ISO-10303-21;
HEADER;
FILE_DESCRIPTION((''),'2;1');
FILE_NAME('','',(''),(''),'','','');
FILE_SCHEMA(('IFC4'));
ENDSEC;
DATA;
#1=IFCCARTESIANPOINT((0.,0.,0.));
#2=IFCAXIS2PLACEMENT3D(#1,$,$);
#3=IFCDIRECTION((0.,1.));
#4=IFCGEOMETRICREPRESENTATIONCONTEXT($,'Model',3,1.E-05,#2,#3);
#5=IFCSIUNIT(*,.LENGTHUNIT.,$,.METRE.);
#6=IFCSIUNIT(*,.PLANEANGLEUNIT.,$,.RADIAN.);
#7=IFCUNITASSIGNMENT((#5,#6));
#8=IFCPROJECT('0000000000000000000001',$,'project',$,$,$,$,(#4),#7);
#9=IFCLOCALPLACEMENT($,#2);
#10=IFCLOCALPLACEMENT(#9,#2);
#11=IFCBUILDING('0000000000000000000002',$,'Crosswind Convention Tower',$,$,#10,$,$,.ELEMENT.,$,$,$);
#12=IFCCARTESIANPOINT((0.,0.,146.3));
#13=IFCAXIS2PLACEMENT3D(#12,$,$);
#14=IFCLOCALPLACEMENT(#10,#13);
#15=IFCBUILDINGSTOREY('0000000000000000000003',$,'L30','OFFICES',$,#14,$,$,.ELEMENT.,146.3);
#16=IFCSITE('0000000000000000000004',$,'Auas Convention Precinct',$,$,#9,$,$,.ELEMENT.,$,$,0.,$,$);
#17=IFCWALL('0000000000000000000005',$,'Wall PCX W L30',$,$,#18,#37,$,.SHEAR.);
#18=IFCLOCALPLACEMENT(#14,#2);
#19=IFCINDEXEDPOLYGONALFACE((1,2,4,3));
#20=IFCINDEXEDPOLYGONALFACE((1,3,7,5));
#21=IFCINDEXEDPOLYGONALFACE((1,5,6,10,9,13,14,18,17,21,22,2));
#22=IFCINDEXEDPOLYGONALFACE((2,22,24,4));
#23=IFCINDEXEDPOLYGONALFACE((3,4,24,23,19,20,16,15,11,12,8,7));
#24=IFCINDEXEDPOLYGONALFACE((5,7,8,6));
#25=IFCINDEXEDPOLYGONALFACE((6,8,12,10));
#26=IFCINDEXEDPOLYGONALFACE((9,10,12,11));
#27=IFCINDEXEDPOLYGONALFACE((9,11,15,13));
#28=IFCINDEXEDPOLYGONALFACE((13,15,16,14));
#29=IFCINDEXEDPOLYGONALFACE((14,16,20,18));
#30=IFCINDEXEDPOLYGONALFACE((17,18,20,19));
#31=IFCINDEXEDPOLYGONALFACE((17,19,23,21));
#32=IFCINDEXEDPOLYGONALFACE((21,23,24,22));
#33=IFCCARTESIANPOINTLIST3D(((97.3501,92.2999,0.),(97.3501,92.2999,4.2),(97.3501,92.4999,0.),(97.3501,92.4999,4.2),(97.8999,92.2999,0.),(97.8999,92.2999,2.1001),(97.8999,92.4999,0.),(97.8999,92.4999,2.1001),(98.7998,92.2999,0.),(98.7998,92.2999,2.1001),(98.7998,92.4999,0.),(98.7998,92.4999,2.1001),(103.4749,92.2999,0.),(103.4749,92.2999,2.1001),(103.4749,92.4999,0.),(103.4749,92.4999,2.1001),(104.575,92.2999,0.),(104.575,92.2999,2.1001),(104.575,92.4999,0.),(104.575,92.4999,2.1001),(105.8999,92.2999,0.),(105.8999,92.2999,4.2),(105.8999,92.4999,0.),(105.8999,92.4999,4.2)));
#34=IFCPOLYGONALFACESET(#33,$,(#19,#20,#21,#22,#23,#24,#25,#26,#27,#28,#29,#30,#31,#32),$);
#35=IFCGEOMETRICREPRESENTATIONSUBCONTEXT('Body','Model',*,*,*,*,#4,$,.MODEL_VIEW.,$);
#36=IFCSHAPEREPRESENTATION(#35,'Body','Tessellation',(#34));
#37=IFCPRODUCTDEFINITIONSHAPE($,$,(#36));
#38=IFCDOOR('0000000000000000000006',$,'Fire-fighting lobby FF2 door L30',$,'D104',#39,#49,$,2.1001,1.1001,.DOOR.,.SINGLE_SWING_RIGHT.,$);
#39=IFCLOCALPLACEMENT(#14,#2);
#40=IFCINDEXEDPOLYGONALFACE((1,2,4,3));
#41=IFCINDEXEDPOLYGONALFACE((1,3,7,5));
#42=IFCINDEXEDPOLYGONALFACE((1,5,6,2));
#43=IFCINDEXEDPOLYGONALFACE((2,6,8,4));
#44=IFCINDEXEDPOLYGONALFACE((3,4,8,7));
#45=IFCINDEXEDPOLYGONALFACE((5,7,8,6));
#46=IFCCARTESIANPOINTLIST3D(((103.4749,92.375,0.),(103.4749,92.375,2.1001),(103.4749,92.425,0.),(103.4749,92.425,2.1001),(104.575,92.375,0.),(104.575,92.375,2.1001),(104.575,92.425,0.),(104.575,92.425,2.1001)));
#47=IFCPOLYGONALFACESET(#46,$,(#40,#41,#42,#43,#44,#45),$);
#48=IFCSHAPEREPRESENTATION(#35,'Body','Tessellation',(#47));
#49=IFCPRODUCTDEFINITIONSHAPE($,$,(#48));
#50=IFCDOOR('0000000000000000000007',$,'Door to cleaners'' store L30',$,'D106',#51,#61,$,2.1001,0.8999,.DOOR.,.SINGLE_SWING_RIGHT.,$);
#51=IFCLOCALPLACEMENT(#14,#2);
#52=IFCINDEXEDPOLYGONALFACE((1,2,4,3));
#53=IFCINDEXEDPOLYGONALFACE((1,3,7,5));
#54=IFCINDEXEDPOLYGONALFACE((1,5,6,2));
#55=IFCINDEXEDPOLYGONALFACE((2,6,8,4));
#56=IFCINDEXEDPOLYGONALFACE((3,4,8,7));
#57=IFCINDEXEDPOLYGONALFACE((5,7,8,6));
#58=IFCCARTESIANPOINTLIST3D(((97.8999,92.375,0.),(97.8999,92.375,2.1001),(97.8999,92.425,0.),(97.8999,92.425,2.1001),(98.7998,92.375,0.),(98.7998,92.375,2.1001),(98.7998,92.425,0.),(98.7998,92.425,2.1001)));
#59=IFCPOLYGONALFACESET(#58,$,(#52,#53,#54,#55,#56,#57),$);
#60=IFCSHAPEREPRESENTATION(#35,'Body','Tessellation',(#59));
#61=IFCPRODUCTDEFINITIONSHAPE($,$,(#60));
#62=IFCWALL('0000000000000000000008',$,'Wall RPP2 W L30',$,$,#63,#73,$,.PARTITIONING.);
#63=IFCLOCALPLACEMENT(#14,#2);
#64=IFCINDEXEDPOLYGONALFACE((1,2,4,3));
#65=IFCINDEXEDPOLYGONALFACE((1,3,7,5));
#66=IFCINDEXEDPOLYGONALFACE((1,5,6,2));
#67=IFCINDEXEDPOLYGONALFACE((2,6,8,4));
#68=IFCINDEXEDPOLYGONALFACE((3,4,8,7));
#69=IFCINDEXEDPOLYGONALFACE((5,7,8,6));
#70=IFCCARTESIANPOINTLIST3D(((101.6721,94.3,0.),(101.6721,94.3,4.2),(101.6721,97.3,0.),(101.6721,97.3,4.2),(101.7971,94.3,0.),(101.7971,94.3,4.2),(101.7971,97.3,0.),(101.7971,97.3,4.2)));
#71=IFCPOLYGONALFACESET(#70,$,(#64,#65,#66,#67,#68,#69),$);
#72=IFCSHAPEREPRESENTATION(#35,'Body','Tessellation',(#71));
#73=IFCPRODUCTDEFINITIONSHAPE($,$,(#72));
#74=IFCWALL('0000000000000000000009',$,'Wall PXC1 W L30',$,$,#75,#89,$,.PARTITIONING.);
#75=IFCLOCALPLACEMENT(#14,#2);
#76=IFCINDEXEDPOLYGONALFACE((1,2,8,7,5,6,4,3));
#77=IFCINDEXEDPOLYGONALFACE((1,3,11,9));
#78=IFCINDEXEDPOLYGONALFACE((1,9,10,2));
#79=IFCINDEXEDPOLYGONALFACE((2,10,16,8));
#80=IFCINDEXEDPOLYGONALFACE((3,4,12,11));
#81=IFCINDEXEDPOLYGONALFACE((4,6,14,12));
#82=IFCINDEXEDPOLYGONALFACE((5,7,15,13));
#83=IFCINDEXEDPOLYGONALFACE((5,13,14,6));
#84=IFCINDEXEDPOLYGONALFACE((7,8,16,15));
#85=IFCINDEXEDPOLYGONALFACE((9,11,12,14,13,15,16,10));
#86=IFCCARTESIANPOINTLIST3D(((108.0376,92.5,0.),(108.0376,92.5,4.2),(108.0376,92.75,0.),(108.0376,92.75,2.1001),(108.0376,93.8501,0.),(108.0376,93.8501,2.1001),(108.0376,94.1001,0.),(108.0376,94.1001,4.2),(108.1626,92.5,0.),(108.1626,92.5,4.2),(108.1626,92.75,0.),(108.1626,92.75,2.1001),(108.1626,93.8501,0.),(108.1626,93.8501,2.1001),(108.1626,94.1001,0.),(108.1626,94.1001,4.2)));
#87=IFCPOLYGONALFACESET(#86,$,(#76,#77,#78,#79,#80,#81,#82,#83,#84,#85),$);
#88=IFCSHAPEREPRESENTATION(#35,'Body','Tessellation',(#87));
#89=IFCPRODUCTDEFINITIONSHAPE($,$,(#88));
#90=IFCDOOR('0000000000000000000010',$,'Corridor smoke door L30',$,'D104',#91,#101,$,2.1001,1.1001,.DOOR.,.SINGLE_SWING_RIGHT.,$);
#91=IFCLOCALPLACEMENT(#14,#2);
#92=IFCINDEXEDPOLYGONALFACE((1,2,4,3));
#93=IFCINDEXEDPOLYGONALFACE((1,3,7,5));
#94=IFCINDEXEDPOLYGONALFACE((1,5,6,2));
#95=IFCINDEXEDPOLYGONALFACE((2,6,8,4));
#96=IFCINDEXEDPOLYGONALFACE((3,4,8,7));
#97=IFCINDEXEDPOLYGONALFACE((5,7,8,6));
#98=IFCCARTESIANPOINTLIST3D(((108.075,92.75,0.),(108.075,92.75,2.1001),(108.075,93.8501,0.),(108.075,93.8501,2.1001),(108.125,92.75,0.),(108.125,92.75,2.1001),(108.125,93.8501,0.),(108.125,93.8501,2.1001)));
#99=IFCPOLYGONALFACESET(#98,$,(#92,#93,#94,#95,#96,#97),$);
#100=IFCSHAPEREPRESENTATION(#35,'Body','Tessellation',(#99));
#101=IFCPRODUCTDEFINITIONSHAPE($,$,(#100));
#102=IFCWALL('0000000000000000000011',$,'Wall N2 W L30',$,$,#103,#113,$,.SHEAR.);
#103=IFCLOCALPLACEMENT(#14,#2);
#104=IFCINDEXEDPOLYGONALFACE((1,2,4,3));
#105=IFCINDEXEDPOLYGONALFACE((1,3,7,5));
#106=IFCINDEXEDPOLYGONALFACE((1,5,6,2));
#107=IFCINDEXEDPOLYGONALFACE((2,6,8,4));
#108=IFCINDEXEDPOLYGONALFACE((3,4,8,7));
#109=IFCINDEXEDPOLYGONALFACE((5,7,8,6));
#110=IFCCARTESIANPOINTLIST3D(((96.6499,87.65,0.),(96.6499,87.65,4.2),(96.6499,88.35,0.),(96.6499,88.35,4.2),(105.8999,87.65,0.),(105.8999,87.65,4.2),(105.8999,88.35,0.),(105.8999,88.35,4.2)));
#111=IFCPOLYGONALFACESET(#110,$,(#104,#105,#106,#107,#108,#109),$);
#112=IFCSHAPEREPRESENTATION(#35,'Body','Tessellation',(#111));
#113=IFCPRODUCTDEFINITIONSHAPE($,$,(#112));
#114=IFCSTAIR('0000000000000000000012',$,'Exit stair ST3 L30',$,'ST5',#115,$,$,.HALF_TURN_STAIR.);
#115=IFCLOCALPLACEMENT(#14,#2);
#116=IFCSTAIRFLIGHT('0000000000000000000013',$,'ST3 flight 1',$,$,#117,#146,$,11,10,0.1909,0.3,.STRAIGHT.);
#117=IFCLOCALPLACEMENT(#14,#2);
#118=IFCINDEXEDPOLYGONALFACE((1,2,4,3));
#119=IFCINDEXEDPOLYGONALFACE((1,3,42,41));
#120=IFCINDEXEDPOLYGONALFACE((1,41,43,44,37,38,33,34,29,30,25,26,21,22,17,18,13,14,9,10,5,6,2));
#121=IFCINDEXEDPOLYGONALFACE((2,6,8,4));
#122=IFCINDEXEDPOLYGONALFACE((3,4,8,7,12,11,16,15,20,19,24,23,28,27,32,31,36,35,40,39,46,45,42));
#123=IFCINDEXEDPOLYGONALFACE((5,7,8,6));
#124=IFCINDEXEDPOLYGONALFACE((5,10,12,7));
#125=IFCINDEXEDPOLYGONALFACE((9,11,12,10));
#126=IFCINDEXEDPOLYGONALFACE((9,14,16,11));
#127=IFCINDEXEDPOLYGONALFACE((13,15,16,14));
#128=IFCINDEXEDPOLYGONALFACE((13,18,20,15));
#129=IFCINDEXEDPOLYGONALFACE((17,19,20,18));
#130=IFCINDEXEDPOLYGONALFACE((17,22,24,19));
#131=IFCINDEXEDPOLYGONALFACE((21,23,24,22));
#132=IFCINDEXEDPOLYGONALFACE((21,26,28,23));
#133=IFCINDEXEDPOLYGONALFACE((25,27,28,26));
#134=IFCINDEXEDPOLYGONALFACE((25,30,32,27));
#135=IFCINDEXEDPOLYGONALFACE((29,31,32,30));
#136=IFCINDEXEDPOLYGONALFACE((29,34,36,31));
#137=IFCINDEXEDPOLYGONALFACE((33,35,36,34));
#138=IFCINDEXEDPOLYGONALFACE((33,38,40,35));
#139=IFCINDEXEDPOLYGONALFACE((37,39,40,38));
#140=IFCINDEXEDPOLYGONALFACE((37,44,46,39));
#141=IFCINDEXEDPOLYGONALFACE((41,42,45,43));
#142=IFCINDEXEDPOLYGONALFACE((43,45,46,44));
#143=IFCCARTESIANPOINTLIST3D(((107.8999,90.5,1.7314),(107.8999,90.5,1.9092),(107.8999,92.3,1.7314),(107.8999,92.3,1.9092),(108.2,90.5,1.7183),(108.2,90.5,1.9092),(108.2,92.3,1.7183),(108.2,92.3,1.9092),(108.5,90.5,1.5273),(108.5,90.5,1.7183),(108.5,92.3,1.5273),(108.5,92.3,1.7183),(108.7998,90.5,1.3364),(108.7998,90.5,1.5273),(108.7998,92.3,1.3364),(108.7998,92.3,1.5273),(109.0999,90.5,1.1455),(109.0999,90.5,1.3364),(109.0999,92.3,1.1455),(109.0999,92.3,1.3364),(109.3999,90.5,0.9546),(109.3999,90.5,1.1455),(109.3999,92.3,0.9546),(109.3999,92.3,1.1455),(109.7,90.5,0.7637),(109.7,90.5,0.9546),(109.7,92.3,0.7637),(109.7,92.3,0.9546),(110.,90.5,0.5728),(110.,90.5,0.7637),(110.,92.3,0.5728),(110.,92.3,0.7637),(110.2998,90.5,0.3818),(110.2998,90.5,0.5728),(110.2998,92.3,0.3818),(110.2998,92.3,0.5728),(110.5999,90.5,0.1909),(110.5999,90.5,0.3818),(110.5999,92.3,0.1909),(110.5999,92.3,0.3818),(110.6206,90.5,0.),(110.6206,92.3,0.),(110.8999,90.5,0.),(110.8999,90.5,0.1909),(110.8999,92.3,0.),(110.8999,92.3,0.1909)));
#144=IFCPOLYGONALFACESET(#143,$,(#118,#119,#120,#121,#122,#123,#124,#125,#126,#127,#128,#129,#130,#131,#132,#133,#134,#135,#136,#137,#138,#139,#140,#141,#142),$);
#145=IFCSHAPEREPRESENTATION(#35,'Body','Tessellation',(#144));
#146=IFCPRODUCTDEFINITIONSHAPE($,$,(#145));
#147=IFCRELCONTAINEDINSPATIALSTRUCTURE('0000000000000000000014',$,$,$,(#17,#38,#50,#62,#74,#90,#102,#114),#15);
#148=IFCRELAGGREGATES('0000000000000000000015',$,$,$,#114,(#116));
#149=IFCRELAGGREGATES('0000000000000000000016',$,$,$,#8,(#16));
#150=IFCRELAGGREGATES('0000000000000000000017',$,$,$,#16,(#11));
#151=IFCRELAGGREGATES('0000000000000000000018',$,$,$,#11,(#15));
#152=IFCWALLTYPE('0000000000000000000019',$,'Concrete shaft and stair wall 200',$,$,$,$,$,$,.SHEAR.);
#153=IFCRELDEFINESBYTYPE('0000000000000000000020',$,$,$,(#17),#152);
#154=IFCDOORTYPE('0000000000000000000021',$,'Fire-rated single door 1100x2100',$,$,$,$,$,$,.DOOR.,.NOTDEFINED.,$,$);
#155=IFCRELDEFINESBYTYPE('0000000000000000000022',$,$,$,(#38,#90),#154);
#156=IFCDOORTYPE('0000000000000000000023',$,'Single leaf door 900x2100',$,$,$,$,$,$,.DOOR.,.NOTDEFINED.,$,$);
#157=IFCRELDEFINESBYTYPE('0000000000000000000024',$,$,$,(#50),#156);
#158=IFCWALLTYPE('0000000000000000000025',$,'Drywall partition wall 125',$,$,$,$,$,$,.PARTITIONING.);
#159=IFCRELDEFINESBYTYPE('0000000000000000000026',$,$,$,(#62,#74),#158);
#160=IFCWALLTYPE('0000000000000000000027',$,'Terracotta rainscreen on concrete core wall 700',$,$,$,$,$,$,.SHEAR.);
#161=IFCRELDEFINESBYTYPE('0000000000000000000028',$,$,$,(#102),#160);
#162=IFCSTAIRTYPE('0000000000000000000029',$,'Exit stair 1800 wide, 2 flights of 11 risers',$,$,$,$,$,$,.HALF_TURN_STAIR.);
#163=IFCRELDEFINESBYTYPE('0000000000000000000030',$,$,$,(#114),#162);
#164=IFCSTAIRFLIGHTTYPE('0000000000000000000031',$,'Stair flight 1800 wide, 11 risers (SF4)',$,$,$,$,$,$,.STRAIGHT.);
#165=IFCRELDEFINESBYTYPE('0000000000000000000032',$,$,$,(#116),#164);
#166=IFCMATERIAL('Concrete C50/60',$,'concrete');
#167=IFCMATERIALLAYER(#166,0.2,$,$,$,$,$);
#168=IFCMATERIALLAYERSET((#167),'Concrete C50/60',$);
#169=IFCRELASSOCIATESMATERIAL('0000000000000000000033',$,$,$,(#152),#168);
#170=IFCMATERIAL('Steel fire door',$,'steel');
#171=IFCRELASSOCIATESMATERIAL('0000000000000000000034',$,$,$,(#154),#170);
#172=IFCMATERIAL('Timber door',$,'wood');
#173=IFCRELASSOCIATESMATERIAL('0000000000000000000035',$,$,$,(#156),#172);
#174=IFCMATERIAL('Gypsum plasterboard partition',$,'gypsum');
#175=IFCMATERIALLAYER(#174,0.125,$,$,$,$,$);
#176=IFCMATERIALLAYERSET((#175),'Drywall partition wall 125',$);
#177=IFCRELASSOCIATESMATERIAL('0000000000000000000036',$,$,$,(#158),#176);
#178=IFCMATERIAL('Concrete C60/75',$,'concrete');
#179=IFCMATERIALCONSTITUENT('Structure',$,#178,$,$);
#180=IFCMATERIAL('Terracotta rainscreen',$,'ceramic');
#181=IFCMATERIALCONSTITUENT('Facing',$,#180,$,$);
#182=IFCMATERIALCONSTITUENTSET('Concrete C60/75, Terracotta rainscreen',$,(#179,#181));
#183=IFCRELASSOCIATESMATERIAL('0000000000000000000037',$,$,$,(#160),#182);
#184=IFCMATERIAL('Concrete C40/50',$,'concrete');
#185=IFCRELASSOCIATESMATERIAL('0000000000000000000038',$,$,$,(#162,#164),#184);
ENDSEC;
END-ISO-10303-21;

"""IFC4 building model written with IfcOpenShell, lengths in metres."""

from ifc_helpers import new_model, si_unit, direction, frame, frame_2d, origin, place, context, subcontext, project, spatial, polyline, rectangle, outline, extrude, material, layer, layer_set, constituent, constituent_set, type_object, element, fill, aggregate, save


model = new_model("IFC4")

# Units and contexts
model_context = context("Model", 3, precision=1e-05, world=origin(), true_north=direction((0.0, 1.0)))
body_context = subcontext(model_context, "Body", "Model", "MODEL_VIEW")
ifc_project = project(units=[si_unit("LENGTHUNIT", "METRE"), si_unit("PLANEANGLEUNIT", "RADIAN")], contexts=[model_context])

# Site, building, storey
site_placement = place(None, origin())
site = spatial("IfcSite", under=ifc_project, at=site_placement, Name="Auas Convention Precinct", CompositionType="ELEMENT", RefElevation=0.0)
building_placement = place(site_placement, origin())
building = spatial("IfcBuilding", under=site, at=building_placement, Name="Crosswind Convention Tower", CompositionType="ELEMENT")
storey_placement = place(building_placement, frame((0.0, 0.0, 146.3)))
storey = spatial("IfcBuildingStorey", under=building, at=storey_placement, Name="L30", Description="OFFICES", CompositionType="ELEMENT", Elevation=146.3)

# Shared definitions
ifc_material_1 = material(Name="Concrete C50/60", Category="concrete")
ifc_layer_1 = layer(ifc_material_1, 0.2)
ifc_layer_set_1 = layer_set([ifc_layer_1], Name="Concrete C50/60")
wall_type_1 = type_object("IfcWallType", Name="Concrete shaft and stair wall 200", PredefinedType="SHEAR", material=ifc_layer_set_1)

# Wall, openings, doors
wall_1_placement = place(storey_placement, frame((105.8999, 92.3999, 0.0), z_axis=(0.0, 0.0, 1.0), x_axis=(-1.0, 0.0, 0.0)))
wall_1 = element("IfcWall", 1, at=wall_1_placement, inside=storey, type_object=wall_type_1, Name="Wall PCX W L30", PredefinedType="SHEAR", context=body_context, shape_type="SweptSolid", body=[
    extrude(rectangle(XDim=8.5498, YDim=0.2, at=frame_2d((4.2749, 0.0))), origin(), (0.0, 0.0, 1.0), 4.2),
])
opening_1_placement = place(wall_1_placement, frame((1.325, 0.0, 0.0)))
opening_1 = element("IfcOpeningElement", 2, at=opening_1_placement, cuts=wall_1, PredefinedType="OPENING", context=body_context, shape_type="SweptSolid", body=[
    extrude(rectangle(XDim=1.1001, YDim=2.1001, at=frame_2d((0.55, 1.05))), frame((0.0, 0.1099, 0.0), z_axis=(0.0, -1.0, 0.0), x_axis=(1.0, 0.0, 0.0)), (0.0, 0.0, 1.0), 0.22),
])
opening_2_placement = place(wall_1_placement, frame((7.1001, 0.0, 0.0)))
opening_2 = element("IfcOpeningElement", 3, at=opening_2_placement, cuts=wall_1, PredefinedType="OPENING", context=body_context, shape_type="SweptSolid", body=[
    extrude(rectangle(XDim=0.8999, YDim=2.1001, at=frame_2d((0.45, 1.05))), frame((0.0, 0.1099, 0.0), z_axis=(0.0, -1.0, 0.0), x_axis=(1.0, 0.0, 0.0)), (0.0, 0.0, 1.0), 0.22),
])
ifc_material_2 = material(Name="Steel fire door", Category="steel")
door_type_1 = type_object("IfcDoorType", Name="Fire-rated single door 1100x2100", OperationType="NOTDEFINED", PredefinedType="DOOR", material=ifc_material_2)
door_1_placement = place(opening_1_placement, origin())
door_1 = element("IfcDoor", 4, at=door_1_placement, inside=storey, type_object=door_type_1, Name="Fire-fighting lobby FF2 door L30", ObjectType="D104", OperationType="SINGLE_SWING_RIGHT", OverallHeight=2.1001, OverallWidth=1.1001, PredefinedType="DOOR", context=body_context, shape_type="SweptSolid", body=[
    extrude(rectangle(XDim=1.1001, YDim=2.1001, at=frame_2d((0.55, 1.05))), frame((0.0, 0.0249, 0.0), z_axis=(0.0, -1.0, 0.0), x_axis=(1.0, 0.0, 0.0)), (0.0, 0.0, 1.0), 0.05),
])
fill(opening_1, door_1)
ifc_material_3 = material(Name="Timber door", Category="wood")
door_type_2 = type_object("IfcDoorType", Name="Single leaf door 900x2100", OperationType="NOTDEFINED", PredefinedType="DOOR", material=ifc_material_3)
door_2_placement = place(opening_2_placement, origin())
door_2 = element("IfcDoor", 5, at=door_2_placement, inside=storey, type_object=door_type_2, Name="Door to cleaners' store L30", ObjectType="D106", OperationType="SINGLE_SWING_RIGHT", OverallHeight=2.1001, OverallWidth=0.8999, PredefinedType="DOOR", context=body_context, shape_type="SweptSolid", body=[
    extrude(rectangle(XDim=0.8999, YDim=2.1001, at=frame_2d((0.45, 1.05))), frame((0.0, 0.0249, 0.0), z_axis=(0.0, -1.0, 0.0), x_axis=(1.0, 0.0, 0.0)), (0.0, 0.0, 1.0), 0.05),
])
fill(opening_2, door_2)

# Wall
ifc_material_4 = material(Name="Gypsum plasterboard partition", Category="gypsum")
ifc_layer_2 = layer(ifc_material_4, 0.125)
ifc_layer_set_2 = layer_set([ifc_layer_2], Name="Drywall partition wall 125")
wall_type_2 = type_object("IfcWallType", Name="Drywall partition wall 125", PredefinedType="PARTITIONING", material=ifc_layer_set_2)
wall_2_placement = place(storey_placement, frame((101.7346, 97.3, 0.0), z_axis=(0.0, 0.0, 1.0), x_axis=(0.0, -1.0, 0.0)))
element("IfcWall", 6, at=wall_2_placement, inside=storey, type_object=wall_type_2, Name="Wall RPP2 W L30", PredefinedType="PARTITIONING", context=body_context, shape_type="SweptSolid", body=[
    extrude(rectangle(XDim=3.0, YDim=0.125, at=frame_2d((1.5, 0.0))), origin(), (0.0, 0.0, 1.0), 4.2),
])

# Wall, opening, door
wall_3_placement = place(storey_placement, frame((108.1001, 94.1001, 0.0), z_axis=(0.0, 0.0, 1.0), x_axis=(0.0, -1.0, 0.0)))
wall_3 = element("IfcWall", 7, at=wall_3_placement, inside=storey, type_object=wall_type_2, Name="Wall PXC1 W L30", PredefinedType="PARTITIONING", context=body_context, shape_type="SweptSolid", body=[
    extrude(rectangle(XDim=1.6001, YDim=0.125, at=frame_2d((0.8, 0.0))), origin(), (0.0, 0.0, 1.0), 4.2),
])
opening_3_placement = place(wall_3_placement, frame((0.25, 0.0, 0.0)))
opening_3 = element("IfcOpeningElement", 8, at=opening_3_placement, cuts=wall_3, PredefinedType="OPENING", context=body_context, shape_type="SweptSolid", body=[
    extrude(rectangle(XDim=1.1001, YDim=2.1001, at=frame_2d((0.55, 1.05))), frame((0.0, 0.0725, 0.0), z_axis=(0.0, -1.0, 0.0), x_axis=(1.0, 0.0, 0.0)), (0.0, 0.0, 1.0), 0.145),
])
door_3_placement = place(opening_3_placement, origin())
door_3 = element("IfcDoor", 9, at=door_3_placement, inside=storey, type_object=door_type_1, Name="Corridor smoke door L30", ObjectType="D104", OperationType="SINGLE_SWING_RIGHT", OverallHeight=2.1001, OverallWidth=1.1001, PredefinedType="DOOR", context=body_context, shape_type="SweptSolid", body=[
    extrude(rectangle(XDim=1.1001, YDim=2.1001, at=frame_2d((0.55, 1.05))), frame((0.0, 0.0249, 0.0), z_axis=(0.0, -1.0, 0.0), x_axis=(1.0, 0.0, 0.0)), (0.0, 0.0, 1.0), 0.05),
])
fill(opening_3, door_3)

# Wall
ifc_material_5 = material(Name="Concrete C60/75", Category="concrete")
ifc_constituent_1 = constituent(ifc_material_5, Name="Structure")
ifc_material_6 = material(Name="Terracotta rainscreen", Category="ceramic")
ifc_constituent_2 = constituent(ifc_material_6, Name="Facing")
ifc_constituent_set = constituent_set(constituents=[ifc_constituent_1, ifc_constituent_2], Name="Concrete C60/75, Terracotta rainscreen")
wall_type_3 = type_object("IfcWallType", Name="Terracotta rainscreen on concrete core wall 700", PredefinedType="SHEAR", material=ifc_constituent_set)
wall_4_placement = place(storey_placement, frame((105.8999, 88.0, 0.0), z_axis=(0.0, 0.0, 1.0), x_axis=(-1.0, 0.0, 0.0)))
element("IfcWall", 10, at=wall_4_placement, inside=storey, type_object=wall_type_3, Name="Wall N2 W L30", PredefinedType="SHEAR", context=body_context, shape_type="SweptSolid", body=[
    extrude(rectangle(XDim=9.25, YDim=0.7, at=frame_2d((4.625, 0.0))), origin(), (0.0, 0.0, 1.0), 4.2),
])

# Stair, stair flight
ifc_material_7 = material(Name="Concrete C40/50", Category="concrete")
stair_type = type_object("IfcStairType", Name="Exit stair 1800 wide, 2 flights of 11 risers", PredefinedType="HALF_TURN_STAIR", material=ifc_material_7)
stair_placement = place(storey_placement, origin())
stair = element("IfcStair", 11, at=stair_placement, inside=storey, type_object=stair_type, Name="Exit stair ST3 L30", ObjectType="ST5", PredefinedType="HALF_TURN_STAIR")
stair_flight_type = type_object("IfcStairFlightType", Name="Stair flight 1800 wide, 11 risers (SF4)", PredefinedType="STRAIGHT", material=ifc_material_7)
stair_flight_1_placement = place(storey_placement, frame((110.8999, 91.3999, 0.0), z_axis=(0.0, 0.0, 1.0), x_axis=(-1.0, 0.0, 0.0)))
stair_flight_1 = element("IfcStairFlight", 12, at=stair_flight_1_placement, type_object=stair_flight_type, Name="ST3 flight 1", NumberOfRisers=11, NumberOfTreads=10, PredefinedType="STRAIGHT", RiserHeight=0.1909, TreadLength=0.3, context=body_context, shape_type="SweptSolid", body=[
    extrude(outline(polyline([(0.0, 0.0), (0.0, 0.1909), (0.3, 0.1909), (0.3, 0.3818), (0.6001, 0.3818), (0.6001, 0.5728), (0.8999, 0.5728), (0.8999, 0.7637), (1.2, 0.7637), (1.2, 0.9546), (1.5, 0.9546), (1.5, 1.1455), (1.8, 1.1455), (1.8, 1.3364), (2.1001, 1.3364), (2.1001, 1.5273), (2.3999, 1.5273), (2.3999, 1.7183), (2.7, 1.7183), (2.7, 1.9092), (3.0, 1.9092), (3.0, 2.1001), (3.0, 1.7314), (0.2793, 0.0), (0.0, 0.0)])), frame((0.0, 0.8999, 0.0), z_axis=(0.0, -1.0, 0.0), x_axis=(1.0, 0.0, 0.0)), (0.0, 0.0, 1.0), 1.8),
])
aggregate(stair, [stair_flight_1])

save(model, "model.ifc")
